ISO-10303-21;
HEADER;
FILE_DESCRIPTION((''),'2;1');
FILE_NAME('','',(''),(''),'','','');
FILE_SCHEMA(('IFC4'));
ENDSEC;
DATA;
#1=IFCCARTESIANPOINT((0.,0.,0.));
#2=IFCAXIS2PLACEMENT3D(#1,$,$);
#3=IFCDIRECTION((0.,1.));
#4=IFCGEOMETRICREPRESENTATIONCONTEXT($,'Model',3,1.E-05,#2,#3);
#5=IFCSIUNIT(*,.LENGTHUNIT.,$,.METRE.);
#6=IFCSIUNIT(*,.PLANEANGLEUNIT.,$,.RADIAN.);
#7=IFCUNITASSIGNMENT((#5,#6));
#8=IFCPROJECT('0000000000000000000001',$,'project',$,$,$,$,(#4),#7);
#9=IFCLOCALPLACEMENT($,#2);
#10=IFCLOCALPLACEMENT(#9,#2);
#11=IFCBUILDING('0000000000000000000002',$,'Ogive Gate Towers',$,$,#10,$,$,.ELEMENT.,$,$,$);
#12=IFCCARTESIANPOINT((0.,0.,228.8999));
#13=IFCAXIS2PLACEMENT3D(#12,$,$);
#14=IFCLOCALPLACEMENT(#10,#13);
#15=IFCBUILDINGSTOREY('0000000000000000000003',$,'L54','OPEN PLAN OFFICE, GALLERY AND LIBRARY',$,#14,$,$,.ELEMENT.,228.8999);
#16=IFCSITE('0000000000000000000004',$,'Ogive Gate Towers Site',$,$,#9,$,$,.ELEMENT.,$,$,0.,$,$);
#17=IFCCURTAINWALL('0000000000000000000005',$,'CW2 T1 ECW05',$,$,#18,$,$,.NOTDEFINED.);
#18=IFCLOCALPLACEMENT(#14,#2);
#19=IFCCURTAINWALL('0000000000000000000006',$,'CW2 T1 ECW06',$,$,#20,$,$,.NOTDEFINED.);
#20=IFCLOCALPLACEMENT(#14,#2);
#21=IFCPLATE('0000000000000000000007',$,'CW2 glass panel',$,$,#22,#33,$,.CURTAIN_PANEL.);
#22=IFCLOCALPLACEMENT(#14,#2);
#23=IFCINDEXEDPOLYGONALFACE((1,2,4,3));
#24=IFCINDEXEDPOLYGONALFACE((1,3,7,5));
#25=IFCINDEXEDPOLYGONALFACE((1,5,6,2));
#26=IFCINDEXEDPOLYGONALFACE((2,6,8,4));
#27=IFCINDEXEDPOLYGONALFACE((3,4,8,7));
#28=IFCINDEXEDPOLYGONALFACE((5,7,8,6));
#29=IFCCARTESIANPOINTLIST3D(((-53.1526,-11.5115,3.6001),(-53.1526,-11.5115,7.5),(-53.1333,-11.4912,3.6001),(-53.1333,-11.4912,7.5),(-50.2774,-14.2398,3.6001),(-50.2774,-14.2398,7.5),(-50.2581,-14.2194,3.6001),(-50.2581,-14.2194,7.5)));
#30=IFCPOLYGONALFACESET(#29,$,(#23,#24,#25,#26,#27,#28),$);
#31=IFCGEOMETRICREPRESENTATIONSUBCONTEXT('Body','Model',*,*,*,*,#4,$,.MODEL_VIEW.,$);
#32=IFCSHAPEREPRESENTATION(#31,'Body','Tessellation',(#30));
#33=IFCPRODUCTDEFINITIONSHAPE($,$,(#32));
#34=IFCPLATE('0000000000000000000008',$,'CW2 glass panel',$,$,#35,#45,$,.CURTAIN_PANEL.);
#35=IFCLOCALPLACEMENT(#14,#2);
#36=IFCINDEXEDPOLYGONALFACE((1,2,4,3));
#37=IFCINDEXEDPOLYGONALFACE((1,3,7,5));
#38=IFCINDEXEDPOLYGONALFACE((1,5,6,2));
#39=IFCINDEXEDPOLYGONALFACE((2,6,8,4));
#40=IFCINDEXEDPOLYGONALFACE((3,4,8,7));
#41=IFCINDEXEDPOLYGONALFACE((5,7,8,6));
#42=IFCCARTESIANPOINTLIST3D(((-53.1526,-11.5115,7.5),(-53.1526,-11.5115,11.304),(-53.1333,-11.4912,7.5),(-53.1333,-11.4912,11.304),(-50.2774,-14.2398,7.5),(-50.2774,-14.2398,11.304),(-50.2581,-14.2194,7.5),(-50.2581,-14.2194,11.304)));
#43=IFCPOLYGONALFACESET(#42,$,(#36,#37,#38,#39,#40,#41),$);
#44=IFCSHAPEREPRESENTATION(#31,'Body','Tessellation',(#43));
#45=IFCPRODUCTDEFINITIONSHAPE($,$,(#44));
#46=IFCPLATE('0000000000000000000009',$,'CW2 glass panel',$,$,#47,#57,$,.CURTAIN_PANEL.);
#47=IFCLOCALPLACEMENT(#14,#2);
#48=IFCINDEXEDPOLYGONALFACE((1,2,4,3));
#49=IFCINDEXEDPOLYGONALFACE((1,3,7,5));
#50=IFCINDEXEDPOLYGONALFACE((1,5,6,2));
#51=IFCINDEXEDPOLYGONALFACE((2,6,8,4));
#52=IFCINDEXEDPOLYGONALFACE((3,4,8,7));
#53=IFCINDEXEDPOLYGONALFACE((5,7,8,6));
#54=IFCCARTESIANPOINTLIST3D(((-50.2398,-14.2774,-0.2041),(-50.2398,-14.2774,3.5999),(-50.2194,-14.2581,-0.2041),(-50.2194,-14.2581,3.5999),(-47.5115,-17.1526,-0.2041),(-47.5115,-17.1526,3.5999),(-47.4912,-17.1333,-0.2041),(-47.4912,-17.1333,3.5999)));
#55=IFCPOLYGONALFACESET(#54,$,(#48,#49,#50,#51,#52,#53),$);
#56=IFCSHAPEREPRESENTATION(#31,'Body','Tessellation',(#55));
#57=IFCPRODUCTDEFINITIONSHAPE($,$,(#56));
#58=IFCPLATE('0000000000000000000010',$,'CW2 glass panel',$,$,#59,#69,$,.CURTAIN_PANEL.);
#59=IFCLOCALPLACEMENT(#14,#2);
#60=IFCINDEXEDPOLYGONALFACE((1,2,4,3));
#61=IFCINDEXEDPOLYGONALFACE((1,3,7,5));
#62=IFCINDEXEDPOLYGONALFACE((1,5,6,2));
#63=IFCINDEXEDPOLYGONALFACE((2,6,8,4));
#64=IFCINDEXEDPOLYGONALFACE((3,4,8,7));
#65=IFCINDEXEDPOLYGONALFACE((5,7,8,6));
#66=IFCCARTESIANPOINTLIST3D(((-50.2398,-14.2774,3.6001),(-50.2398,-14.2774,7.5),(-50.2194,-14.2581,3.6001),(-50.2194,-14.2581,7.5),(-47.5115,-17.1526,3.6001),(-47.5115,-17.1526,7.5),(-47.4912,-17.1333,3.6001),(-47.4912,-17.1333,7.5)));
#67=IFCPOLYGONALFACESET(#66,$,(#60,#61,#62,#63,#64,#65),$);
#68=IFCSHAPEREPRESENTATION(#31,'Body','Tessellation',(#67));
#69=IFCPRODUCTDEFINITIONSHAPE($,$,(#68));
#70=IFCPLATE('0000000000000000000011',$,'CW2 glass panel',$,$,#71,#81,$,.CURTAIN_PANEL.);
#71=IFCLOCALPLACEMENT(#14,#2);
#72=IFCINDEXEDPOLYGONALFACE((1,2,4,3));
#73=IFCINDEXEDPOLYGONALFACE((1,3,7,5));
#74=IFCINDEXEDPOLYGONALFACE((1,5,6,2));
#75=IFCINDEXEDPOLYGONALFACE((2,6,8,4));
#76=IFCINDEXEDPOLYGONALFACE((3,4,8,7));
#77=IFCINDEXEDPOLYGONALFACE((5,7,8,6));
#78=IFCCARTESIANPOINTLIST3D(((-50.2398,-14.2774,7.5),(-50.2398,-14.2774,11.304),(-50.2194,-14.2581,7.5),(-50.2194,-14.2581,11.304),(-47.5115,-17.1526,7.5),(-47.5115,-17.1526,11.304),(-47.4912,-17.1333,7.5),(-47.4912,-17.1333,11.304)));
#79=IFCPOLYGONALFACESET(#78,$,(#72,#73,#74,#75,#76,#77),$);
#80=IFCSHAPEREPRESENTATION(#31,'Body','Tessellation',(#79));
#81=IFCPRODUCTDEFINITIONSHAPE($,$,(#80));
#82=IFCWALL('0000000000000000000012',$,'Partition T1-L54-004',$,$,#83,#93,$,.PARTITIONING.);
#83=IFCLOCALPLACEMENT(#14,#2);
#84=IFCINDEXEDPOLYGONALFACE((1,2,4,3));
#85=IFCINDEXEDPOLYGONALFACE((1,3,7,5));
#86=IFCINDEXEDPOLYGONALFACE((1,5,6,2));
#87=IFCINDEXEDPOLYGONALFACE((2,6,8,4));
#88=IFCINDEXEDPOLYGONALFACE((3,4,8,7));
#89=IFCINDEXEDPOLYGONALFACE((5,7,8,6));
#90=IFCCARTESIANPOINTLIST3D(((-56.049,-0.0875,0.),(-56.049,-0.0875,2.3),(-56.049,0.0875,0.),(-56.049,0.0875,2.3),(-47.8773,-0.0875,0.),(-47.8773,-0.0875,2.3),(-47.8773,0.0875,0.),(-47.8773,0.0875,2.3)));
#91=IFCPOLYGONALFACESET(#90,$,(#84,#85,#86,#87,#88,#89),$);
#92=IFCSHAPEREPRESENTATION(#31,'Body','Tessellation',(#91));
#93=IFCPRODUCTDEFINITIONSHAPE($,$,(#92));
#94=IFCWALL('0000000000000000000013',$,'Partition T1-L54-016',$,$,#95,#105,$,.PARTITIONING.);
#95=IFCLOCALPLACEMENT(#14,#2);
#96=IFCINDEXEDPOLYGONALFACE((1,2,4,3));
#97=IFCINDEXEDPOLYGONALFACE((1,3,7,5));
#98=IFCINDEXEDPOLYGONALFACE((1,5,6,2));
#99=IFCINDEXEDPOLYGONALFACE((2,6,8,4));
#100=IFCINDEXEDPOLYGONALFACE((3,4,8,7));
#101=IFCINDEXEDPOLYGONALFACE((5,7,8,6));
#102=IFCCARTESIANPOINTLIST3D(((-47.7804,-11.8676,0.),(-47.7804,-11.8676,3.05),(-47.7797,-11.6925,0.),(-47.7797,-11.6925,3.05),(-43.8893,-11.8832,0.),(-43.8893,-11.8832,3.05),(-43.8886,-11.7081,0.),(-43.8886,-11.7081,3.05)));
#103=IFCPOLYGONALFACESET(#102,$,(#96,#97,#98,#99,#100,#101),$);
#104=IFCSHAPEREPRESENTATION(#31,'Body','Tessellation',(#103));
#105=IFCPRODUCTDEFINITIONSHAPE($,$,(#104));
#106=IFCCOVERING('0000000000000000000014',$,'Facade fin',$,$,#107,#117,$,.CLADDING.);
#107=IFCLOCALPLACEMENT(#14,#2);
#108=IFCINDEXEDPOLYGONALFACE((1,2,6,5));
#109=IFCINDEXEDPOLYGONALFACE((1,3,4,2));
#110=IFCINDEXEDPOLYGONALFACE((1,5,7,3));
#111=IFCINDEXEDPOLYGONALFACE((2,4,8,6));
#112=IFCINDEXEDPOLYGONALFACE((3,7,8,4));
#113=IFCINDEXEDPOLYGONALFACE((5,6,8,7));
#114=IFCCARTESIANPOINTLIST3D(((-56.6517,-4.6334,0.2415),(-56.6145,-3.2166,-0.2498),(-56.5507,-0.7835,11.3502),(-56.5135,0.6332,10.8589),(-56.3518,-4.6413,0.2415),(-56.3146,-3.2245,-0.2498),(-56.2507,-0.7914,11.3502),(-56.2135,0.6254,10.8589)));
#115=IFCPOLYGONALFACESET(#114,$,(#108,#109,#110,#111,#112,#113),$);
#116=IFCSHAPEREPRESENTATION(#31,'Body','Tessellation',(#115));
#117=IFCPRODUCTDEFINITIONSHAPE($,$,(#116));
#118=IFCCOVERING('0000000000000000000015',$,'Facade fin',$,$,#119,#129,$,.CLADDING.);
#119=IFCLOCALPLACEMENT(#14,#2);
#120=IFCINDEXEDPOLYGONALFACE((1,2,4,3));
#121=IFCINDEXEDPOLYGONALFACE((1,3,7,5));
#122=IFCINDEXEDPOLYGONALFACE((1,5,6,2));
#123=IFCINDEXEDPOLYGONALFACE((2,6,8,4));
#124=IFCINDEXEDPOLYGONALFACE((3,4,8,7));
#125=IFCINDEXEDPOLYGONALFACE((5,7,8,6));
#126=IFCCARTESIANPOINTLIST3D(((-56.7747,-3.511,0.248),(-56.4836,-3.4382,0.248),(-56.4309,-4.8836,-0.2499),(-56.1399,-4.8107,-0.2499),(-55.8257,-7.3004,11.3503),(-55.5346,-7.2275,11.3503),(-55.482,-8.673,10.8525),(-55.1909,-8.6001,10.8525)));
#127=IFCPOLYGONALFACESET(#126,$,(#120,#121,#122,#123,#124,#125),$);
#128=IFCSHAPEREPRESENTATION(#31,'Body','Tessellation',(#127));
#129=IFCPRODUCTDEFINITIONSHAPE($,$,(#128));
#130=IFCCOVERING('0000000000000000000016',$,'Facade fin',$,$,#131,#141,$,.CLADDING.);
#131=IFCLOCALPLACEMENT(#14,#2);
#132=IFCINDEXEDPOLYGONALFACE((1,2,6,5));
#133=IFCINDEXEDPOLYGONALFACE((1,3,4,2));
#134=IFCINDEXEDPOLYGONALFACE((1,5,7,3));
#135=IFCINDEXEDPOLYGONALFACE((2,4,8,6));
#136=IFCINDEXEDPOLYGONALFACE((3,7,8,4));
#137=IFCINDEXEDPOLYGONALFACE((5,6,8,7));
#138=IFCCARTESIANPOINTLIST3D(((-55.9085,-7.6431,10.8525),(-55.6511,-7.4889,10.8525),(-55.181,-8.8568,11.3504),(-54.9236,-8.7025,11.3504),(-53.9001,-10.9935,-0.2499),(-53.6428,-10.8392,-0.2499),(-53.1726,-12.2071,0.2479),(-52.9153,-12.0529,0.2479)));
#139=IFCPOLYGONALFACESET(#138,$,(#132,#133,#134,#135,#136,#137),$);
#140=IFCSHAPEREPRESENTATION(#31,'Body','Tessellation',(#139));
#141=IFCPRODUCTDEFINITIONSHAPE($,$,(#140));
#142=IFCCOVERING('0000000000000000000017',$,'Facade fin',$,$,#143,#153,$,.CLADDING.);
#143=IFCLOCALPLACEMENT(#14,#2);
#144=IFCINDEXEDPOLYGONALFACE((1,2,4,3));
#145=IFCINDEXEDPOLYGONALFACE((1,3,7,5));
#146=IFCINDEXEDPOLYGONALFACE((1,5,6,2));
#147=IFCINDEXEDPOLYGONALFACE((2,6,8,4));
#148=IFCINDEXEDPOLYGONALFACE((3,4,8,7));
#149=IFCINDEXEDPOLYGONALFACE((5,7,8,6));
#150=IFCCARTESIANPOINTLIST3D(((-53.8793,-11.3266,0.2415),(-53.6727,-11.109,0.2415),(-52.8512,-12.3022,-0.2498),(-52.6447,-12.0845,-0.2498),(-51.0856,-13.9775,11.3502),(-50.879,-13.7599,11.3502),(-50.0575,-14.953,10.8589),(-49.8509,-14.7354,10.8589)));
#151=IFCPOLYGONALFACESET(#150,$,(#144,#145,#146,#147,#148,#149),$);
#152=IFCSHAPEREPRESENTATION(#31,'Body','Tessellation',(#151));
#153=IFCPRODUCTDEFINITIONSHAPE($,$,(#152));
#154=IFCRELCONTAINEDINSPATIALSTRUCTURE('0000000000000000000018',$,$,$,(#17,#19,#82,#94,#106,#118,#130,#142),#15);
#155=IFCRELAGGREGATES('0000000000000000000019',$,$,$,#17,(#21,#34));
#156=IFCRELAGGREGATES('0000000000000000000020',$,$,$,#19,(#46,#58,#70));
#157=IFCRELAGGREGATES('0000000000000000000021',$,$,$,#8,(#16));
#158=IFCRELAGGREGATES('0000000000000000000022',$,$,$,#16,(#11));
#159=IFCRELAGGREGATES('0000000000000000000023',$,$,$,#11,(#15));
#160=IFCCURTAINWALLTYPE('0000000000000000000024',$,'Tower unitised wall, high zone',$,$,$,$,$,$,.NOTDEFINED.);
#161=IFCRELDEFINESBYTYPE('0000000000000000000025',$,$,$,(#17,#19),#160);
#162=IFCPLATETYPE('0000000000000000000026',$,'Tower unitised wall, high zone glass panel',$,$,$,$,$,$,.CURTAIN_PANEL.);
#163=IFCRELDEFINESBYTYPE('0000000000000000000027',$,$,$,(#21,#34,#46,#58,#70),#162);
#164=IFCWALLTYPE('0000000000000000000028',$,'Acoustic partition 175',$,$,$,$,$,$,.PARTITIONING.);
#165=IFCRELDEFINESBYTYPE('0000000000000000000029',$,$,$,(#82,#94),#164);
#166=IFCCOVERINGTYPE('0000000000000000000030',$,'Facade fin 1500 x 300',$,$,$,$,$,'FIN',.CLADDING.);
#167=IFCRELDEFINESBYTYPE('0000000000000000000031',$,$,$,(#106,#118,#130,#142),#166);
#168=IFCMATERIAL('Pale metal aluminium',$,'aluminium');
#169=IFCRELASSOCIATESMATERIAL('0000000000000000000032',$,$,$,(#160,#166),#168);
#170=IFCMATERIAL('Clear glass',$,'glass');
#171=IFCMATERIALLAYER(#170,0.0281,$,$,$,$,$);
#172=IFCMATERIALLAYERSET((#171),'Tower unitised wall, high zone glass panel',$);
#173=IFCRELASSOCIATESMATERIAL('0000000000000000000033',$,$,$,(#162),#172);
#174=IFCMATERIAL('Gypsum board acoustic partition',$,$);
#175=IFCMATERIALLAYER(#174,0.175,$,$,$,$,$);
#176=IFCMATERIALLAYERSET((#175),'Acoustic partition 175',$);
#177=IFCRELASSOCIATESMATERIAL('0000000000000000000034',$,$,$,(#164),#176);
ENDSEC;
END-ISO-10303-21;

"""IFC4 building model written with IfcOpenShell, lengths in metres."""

from ifc_helpers import new_model, si_unit, direction, frame, frame_2d, origin, origin_2d, place, context, subcontext, project, spatial, rectangle, extrude, material, layer, layer_set, material_profile, profile_set, type_object, element, aggregate, save


model = new_model("IFC4")

# Units and contexts
model_context = context("Model", 3, precision=1e-05, world=origin(), true_north=direction((0.0, 1.0)))
body_context = subcontext(model_context, "Body", "Model", "MODEL_VIEW")
ifc_project = project(units=[si_unit("LENGTHUNIT", "METRE"), si_unit("PLANEANGLEUNIT", "RADIAN")], contexts=[model_context])

# Site, building, storey
site_placement = place(None, origin())
site = spatial("IfcSite", under=ifc_project, at=site_placement, Name="Ogive Gate Towers Site", CompositionType="ELEMENT", RefElevation=0.0)
building_placement = place(site_placement, origin())
building = spatial("IfcBuilding", under=site, at=building_placement, Name="Ogive Gate Towers", CompositionType="ELEMENT")
storey_placement = place(building_placement, frame((0.0, 0.0, 228.8999)))
storey = spatial("IfcBuildingStorey", under=building, at=storey_placement, Name="L54", Description="OPEN PLAN OFFICE, GALLERY AND LIBRARY", CompositionType="ELEMENT", Elevation=228.8999)

# Curtain walls
ifc_material_1 = material(Name="Pale metal aluminium", Category="aluminium")
curtain_wall_type = type_object("IfcCurtainWallType", Name="Tower unitised wall, high zone", PredefinedType="NOTDEFINED", material=ifc_material_1)
curtain_wall_1_placement = place(storey_placement, origin())
curtain_wall_1 = element("IfcCurtainWall", 1, at=curtain_wall_1_placement, inside=storey, type_object=curtain_wall_type, Name="CW2 T1 ECW05", PredefinedType="NOTDEFINED")
curtain_wall_2_placement = place(storey_placement, origin())
curtain_wall_2 = element("IfcCurtainWall", 2, at=curtain_wall_2_placement, inside=storey, type_object=curtain_wall_type, Name="CW2 T1 ECW06", PredefinedType="NOTDEFINED")

# Plates
ifc_material_2 = material(Name="Clear glass", Category="glass")
ifc_layer_1 = layer(ifc_material_2, 0.0281)
ifc_layer_set_1 = layer_set([ifc_layer_1], Name="Tower unitised wall, high zone glass panel")
plate_type = type_object("IfcPlateType", Name="Tower unitised wall, high zone glass panel", PredefinedType="CURTAIN_PANEL", material=ifc_layer_set_1)
plate_1_placement = place(storey_placement, frame((-51.7053, -12.8655, 3.6001), z_axis=(0.0, 0.0, 1.0), x_axis=(0.725398, -0.688329, 0.0)))
plate_1 = element("IfcPlate", 3, at=plate_1_placement, type_object=plate_type, Name="CW2 glass panel", PredefinedType="CURTAIN_PANEL", context=body_context, shape_type="SweptSolid", body=[
    extrude(rectangle(XDim=3.9636, YDim=0.0281, at=origin_2d()), origin(), (0.0, 0.0, 1.0), 3.8999),
])
plate_2_placement = place(storey_placement, frame((-51.7053, -12.8655, 7.5), z_axis=(0.0, 0.0, 1.0), x_axis=(0.725398, -0.688329, 0.0)))
plate_2 = element("IfcPlate", 4, at=plate_2_placement, type_object=plate_type, Name="CW2 glass panel", PredefinedType="CURTAIN_PANEL", context=body_context, shape_type="SweptSolid", body=[
    extrude(rectangle(XDim=3.9636, YDim=0.0281, at=origin_2d()), origin(), (0.0, 0.0, 1.0), 3.804),
])
aggregate(curtain_wall_1, [plate_1, plate_2])
plate_3_placement = place(storey_placement, frame((-48.8655, -15.7053, -0.2041), z_axis=(0.0, 0.0, 1.0), x_axis=(0.688329, -0.725398, 0.0)))
plate_3 = element("IfcPlate", 5, at=plate_3_placement, type_object=plate_type, Name="CW2 glass panel", PredefinedType="CURTAIN_PANEL", context=body_context, shape_type="SweptSolid", body=[
    extrude(rectangle(XDim=3.9636, YDim=0.0281, at=origin_2d()), origin(), (0.0, 0.0, 1.0), 3.804),
])
plate_4_placement = place(storey_placement, frame((-48.8655, -15.7053, 3.6001), z_axis=(0.0, 0.0, 1.0), x_axis=(0.688329, -0.725398, 0.0)))
plate_4 = element("IfcPlate", 6, at=plate_4_placement, type_object=plate_type, Name="CW2 glass panel", PredefinedType="CURTAIN_PANEL", context=body_context, shape_type="SweptSolid", body=[
    extrude(rectangle(XDim=3.9636, YDim=0.0281, at=origin_2d()), origin(), (0.0, 0.0, 1.0), 3.8999),
])
plate_5_placement = place(storey_placement, frame((-48.8655, -15.7053, 7.5), z_axis=(0.0, 0.0, 1.0), x_axis=(0.688329, -0.725398, 0.0)))
plate_5 = element("IfcPlate", 7, at=plate_5_placement, type_object=plate_type, Name="CW2 glass panel", PredefinedType="CURTAIN_PANEL", context=body_context, shape_type="SweptSolid", body=[
    extrude(rectangle(XDim=3.9636, YDim=0.0281, at=origin_2d()), origin(), (0.0, 0.0, 1.0), 3.804),
])
aggregate(curtain_wall_2, [plate_3, plate_4, plate_5])

# Walls
ifc_material_3 = material(Name="Gypsum board acoustic partition")
ifc_layer_2 = layer(ifc_material_3, 0.175)
ifc_layer_set_2 = layer_set([ifc_layer_2], Name="Acoustic partition 175")
wall_type = type_object("IfcWallType", Name="Acoustic partition 175", PredefinedType="PARTITIONING", material=ifc_layer_set_2)
wall_1_placement = place(storey_placement, frame((-56.0491, 0.0, 0.0), z_axis=(0.0, 0.0, 1.0), x_axis=(1.0, 0.0, 0.0)))
element("IfcWall", 8, at=wall_1_placement, inside=storey, type_object=wall_type, Name="Partition T1-L54-004", PredefinedType="PARTITIONING", context=body_context, shape_type="SweptSolid", body=[
    extrude(rectangle(XDim=8.1716, YDim=0.175, at=frame_2d((4.0859, 0.0))), origin(), (0.0, 0.0, 1.0), 2.3),
])
wall_2_placement = place(storey_placement, frame((-47.78, -11.78, 0.0), z_axis=(0.0, 0.0, 1.0), x_axis=(0.999992, -0.004016, 0.0)))
element("IfcWall", 9, at=wall_2_placement, inside=storey, type_object=wall_type, Name="Partition T1-L54-016", PredefinedType="PARTITIONING", context=body_context, shape_type="SweptSolid", body=[
    extrude(rectangle(XDim=3.8911, YDim=0.175, at=frame_2d((1.9456, 0.0))), origin(), (0.0, 0.0, 1.0), 3.05),
])

# Coverings
ifc_material_profile_1 = material_profile(ifc_material_1, rectangle(XDim=0.3, YDim=1.5, at=origin_2d()), Name="1500 x 300 pale metal aluminium")
ifc_profile_set_1 = profile_set([ifc_material_profile_1], Name="Pale metal aluminium")
covering_type = type_object("IfcCoveringType", Name="Facade fin 1500 x 300", ElementType="FIN", PredefinedType="CLADDING", material=ifc_profile_set_1)
covering_1_placement = place(storey_placement, frame((-56.4832, -3.929, -0.0042), z_axis=(0.008597, 0.327444, 0.944831), x_axis=(-0.999656, 0.026245, 0.0)))
element("IfcCovering", 10, at=covering_1_placement, inside=storey, type_object=covering_type, Name="Facade fin", PredefinedType="CLADDING", context=body_context, shape_type="SweptSolid", body=[
    extrude(rectangle(XDim=0.3, YDim=1.5, at=origin_2d()), origin(), (0.0, 0.0, 1.0), 11.7573),
])
for number, where, z_axis, x_axis, name in (
    (11, (-56.4573, -4.1609, -0.001), (0.08063, -0.321961, 0.943313), (0.970043, 0.242933, 0.0), "Facade fin"),
    (12, (-53.4077, -11.5232, -0.001), (-0.170637, 0.284665, 0.943318), (-0.857708, -0.514137, 0.0), "Facade fin"),
):
    element("IfcCovering", number, at=place(storey_placement, frame(where, z_axis=z_axis, x_axis=x_axis)), inside=storey, type_object=covering_type, Name=name, PredefinedType="CLADDING", context=body_context, shape_type="SweptSolid", body=[
        extrude(rectangle(XDim=0.3, YDim=1.5, at=origin_2d()), origin(), (0.0, 0.0, 1.0), 11.7695),
    ])
covering_2_placement = place(storey_placement, frame((-53.262, -11.7056, -0.0042), z_axis=(0.237614, -0.225467, 0.94483), x_axis=(0.688321, 0.725406, 0.0)))
element("IfcCovering", 13, at=covering_2_placement, inside=storey, type_object=covering_type, Name="Facade fin", PredefinedType="CLADDING", context=body_context, shape_type="SweptSolid", body=[
    extrude(rectangle(XDim=0.3, YDim=1.5, at=origin_2d()), origin(), (0.0, 0.0, 1.0), 11.7573),
])

save(model, "model.ifc")
